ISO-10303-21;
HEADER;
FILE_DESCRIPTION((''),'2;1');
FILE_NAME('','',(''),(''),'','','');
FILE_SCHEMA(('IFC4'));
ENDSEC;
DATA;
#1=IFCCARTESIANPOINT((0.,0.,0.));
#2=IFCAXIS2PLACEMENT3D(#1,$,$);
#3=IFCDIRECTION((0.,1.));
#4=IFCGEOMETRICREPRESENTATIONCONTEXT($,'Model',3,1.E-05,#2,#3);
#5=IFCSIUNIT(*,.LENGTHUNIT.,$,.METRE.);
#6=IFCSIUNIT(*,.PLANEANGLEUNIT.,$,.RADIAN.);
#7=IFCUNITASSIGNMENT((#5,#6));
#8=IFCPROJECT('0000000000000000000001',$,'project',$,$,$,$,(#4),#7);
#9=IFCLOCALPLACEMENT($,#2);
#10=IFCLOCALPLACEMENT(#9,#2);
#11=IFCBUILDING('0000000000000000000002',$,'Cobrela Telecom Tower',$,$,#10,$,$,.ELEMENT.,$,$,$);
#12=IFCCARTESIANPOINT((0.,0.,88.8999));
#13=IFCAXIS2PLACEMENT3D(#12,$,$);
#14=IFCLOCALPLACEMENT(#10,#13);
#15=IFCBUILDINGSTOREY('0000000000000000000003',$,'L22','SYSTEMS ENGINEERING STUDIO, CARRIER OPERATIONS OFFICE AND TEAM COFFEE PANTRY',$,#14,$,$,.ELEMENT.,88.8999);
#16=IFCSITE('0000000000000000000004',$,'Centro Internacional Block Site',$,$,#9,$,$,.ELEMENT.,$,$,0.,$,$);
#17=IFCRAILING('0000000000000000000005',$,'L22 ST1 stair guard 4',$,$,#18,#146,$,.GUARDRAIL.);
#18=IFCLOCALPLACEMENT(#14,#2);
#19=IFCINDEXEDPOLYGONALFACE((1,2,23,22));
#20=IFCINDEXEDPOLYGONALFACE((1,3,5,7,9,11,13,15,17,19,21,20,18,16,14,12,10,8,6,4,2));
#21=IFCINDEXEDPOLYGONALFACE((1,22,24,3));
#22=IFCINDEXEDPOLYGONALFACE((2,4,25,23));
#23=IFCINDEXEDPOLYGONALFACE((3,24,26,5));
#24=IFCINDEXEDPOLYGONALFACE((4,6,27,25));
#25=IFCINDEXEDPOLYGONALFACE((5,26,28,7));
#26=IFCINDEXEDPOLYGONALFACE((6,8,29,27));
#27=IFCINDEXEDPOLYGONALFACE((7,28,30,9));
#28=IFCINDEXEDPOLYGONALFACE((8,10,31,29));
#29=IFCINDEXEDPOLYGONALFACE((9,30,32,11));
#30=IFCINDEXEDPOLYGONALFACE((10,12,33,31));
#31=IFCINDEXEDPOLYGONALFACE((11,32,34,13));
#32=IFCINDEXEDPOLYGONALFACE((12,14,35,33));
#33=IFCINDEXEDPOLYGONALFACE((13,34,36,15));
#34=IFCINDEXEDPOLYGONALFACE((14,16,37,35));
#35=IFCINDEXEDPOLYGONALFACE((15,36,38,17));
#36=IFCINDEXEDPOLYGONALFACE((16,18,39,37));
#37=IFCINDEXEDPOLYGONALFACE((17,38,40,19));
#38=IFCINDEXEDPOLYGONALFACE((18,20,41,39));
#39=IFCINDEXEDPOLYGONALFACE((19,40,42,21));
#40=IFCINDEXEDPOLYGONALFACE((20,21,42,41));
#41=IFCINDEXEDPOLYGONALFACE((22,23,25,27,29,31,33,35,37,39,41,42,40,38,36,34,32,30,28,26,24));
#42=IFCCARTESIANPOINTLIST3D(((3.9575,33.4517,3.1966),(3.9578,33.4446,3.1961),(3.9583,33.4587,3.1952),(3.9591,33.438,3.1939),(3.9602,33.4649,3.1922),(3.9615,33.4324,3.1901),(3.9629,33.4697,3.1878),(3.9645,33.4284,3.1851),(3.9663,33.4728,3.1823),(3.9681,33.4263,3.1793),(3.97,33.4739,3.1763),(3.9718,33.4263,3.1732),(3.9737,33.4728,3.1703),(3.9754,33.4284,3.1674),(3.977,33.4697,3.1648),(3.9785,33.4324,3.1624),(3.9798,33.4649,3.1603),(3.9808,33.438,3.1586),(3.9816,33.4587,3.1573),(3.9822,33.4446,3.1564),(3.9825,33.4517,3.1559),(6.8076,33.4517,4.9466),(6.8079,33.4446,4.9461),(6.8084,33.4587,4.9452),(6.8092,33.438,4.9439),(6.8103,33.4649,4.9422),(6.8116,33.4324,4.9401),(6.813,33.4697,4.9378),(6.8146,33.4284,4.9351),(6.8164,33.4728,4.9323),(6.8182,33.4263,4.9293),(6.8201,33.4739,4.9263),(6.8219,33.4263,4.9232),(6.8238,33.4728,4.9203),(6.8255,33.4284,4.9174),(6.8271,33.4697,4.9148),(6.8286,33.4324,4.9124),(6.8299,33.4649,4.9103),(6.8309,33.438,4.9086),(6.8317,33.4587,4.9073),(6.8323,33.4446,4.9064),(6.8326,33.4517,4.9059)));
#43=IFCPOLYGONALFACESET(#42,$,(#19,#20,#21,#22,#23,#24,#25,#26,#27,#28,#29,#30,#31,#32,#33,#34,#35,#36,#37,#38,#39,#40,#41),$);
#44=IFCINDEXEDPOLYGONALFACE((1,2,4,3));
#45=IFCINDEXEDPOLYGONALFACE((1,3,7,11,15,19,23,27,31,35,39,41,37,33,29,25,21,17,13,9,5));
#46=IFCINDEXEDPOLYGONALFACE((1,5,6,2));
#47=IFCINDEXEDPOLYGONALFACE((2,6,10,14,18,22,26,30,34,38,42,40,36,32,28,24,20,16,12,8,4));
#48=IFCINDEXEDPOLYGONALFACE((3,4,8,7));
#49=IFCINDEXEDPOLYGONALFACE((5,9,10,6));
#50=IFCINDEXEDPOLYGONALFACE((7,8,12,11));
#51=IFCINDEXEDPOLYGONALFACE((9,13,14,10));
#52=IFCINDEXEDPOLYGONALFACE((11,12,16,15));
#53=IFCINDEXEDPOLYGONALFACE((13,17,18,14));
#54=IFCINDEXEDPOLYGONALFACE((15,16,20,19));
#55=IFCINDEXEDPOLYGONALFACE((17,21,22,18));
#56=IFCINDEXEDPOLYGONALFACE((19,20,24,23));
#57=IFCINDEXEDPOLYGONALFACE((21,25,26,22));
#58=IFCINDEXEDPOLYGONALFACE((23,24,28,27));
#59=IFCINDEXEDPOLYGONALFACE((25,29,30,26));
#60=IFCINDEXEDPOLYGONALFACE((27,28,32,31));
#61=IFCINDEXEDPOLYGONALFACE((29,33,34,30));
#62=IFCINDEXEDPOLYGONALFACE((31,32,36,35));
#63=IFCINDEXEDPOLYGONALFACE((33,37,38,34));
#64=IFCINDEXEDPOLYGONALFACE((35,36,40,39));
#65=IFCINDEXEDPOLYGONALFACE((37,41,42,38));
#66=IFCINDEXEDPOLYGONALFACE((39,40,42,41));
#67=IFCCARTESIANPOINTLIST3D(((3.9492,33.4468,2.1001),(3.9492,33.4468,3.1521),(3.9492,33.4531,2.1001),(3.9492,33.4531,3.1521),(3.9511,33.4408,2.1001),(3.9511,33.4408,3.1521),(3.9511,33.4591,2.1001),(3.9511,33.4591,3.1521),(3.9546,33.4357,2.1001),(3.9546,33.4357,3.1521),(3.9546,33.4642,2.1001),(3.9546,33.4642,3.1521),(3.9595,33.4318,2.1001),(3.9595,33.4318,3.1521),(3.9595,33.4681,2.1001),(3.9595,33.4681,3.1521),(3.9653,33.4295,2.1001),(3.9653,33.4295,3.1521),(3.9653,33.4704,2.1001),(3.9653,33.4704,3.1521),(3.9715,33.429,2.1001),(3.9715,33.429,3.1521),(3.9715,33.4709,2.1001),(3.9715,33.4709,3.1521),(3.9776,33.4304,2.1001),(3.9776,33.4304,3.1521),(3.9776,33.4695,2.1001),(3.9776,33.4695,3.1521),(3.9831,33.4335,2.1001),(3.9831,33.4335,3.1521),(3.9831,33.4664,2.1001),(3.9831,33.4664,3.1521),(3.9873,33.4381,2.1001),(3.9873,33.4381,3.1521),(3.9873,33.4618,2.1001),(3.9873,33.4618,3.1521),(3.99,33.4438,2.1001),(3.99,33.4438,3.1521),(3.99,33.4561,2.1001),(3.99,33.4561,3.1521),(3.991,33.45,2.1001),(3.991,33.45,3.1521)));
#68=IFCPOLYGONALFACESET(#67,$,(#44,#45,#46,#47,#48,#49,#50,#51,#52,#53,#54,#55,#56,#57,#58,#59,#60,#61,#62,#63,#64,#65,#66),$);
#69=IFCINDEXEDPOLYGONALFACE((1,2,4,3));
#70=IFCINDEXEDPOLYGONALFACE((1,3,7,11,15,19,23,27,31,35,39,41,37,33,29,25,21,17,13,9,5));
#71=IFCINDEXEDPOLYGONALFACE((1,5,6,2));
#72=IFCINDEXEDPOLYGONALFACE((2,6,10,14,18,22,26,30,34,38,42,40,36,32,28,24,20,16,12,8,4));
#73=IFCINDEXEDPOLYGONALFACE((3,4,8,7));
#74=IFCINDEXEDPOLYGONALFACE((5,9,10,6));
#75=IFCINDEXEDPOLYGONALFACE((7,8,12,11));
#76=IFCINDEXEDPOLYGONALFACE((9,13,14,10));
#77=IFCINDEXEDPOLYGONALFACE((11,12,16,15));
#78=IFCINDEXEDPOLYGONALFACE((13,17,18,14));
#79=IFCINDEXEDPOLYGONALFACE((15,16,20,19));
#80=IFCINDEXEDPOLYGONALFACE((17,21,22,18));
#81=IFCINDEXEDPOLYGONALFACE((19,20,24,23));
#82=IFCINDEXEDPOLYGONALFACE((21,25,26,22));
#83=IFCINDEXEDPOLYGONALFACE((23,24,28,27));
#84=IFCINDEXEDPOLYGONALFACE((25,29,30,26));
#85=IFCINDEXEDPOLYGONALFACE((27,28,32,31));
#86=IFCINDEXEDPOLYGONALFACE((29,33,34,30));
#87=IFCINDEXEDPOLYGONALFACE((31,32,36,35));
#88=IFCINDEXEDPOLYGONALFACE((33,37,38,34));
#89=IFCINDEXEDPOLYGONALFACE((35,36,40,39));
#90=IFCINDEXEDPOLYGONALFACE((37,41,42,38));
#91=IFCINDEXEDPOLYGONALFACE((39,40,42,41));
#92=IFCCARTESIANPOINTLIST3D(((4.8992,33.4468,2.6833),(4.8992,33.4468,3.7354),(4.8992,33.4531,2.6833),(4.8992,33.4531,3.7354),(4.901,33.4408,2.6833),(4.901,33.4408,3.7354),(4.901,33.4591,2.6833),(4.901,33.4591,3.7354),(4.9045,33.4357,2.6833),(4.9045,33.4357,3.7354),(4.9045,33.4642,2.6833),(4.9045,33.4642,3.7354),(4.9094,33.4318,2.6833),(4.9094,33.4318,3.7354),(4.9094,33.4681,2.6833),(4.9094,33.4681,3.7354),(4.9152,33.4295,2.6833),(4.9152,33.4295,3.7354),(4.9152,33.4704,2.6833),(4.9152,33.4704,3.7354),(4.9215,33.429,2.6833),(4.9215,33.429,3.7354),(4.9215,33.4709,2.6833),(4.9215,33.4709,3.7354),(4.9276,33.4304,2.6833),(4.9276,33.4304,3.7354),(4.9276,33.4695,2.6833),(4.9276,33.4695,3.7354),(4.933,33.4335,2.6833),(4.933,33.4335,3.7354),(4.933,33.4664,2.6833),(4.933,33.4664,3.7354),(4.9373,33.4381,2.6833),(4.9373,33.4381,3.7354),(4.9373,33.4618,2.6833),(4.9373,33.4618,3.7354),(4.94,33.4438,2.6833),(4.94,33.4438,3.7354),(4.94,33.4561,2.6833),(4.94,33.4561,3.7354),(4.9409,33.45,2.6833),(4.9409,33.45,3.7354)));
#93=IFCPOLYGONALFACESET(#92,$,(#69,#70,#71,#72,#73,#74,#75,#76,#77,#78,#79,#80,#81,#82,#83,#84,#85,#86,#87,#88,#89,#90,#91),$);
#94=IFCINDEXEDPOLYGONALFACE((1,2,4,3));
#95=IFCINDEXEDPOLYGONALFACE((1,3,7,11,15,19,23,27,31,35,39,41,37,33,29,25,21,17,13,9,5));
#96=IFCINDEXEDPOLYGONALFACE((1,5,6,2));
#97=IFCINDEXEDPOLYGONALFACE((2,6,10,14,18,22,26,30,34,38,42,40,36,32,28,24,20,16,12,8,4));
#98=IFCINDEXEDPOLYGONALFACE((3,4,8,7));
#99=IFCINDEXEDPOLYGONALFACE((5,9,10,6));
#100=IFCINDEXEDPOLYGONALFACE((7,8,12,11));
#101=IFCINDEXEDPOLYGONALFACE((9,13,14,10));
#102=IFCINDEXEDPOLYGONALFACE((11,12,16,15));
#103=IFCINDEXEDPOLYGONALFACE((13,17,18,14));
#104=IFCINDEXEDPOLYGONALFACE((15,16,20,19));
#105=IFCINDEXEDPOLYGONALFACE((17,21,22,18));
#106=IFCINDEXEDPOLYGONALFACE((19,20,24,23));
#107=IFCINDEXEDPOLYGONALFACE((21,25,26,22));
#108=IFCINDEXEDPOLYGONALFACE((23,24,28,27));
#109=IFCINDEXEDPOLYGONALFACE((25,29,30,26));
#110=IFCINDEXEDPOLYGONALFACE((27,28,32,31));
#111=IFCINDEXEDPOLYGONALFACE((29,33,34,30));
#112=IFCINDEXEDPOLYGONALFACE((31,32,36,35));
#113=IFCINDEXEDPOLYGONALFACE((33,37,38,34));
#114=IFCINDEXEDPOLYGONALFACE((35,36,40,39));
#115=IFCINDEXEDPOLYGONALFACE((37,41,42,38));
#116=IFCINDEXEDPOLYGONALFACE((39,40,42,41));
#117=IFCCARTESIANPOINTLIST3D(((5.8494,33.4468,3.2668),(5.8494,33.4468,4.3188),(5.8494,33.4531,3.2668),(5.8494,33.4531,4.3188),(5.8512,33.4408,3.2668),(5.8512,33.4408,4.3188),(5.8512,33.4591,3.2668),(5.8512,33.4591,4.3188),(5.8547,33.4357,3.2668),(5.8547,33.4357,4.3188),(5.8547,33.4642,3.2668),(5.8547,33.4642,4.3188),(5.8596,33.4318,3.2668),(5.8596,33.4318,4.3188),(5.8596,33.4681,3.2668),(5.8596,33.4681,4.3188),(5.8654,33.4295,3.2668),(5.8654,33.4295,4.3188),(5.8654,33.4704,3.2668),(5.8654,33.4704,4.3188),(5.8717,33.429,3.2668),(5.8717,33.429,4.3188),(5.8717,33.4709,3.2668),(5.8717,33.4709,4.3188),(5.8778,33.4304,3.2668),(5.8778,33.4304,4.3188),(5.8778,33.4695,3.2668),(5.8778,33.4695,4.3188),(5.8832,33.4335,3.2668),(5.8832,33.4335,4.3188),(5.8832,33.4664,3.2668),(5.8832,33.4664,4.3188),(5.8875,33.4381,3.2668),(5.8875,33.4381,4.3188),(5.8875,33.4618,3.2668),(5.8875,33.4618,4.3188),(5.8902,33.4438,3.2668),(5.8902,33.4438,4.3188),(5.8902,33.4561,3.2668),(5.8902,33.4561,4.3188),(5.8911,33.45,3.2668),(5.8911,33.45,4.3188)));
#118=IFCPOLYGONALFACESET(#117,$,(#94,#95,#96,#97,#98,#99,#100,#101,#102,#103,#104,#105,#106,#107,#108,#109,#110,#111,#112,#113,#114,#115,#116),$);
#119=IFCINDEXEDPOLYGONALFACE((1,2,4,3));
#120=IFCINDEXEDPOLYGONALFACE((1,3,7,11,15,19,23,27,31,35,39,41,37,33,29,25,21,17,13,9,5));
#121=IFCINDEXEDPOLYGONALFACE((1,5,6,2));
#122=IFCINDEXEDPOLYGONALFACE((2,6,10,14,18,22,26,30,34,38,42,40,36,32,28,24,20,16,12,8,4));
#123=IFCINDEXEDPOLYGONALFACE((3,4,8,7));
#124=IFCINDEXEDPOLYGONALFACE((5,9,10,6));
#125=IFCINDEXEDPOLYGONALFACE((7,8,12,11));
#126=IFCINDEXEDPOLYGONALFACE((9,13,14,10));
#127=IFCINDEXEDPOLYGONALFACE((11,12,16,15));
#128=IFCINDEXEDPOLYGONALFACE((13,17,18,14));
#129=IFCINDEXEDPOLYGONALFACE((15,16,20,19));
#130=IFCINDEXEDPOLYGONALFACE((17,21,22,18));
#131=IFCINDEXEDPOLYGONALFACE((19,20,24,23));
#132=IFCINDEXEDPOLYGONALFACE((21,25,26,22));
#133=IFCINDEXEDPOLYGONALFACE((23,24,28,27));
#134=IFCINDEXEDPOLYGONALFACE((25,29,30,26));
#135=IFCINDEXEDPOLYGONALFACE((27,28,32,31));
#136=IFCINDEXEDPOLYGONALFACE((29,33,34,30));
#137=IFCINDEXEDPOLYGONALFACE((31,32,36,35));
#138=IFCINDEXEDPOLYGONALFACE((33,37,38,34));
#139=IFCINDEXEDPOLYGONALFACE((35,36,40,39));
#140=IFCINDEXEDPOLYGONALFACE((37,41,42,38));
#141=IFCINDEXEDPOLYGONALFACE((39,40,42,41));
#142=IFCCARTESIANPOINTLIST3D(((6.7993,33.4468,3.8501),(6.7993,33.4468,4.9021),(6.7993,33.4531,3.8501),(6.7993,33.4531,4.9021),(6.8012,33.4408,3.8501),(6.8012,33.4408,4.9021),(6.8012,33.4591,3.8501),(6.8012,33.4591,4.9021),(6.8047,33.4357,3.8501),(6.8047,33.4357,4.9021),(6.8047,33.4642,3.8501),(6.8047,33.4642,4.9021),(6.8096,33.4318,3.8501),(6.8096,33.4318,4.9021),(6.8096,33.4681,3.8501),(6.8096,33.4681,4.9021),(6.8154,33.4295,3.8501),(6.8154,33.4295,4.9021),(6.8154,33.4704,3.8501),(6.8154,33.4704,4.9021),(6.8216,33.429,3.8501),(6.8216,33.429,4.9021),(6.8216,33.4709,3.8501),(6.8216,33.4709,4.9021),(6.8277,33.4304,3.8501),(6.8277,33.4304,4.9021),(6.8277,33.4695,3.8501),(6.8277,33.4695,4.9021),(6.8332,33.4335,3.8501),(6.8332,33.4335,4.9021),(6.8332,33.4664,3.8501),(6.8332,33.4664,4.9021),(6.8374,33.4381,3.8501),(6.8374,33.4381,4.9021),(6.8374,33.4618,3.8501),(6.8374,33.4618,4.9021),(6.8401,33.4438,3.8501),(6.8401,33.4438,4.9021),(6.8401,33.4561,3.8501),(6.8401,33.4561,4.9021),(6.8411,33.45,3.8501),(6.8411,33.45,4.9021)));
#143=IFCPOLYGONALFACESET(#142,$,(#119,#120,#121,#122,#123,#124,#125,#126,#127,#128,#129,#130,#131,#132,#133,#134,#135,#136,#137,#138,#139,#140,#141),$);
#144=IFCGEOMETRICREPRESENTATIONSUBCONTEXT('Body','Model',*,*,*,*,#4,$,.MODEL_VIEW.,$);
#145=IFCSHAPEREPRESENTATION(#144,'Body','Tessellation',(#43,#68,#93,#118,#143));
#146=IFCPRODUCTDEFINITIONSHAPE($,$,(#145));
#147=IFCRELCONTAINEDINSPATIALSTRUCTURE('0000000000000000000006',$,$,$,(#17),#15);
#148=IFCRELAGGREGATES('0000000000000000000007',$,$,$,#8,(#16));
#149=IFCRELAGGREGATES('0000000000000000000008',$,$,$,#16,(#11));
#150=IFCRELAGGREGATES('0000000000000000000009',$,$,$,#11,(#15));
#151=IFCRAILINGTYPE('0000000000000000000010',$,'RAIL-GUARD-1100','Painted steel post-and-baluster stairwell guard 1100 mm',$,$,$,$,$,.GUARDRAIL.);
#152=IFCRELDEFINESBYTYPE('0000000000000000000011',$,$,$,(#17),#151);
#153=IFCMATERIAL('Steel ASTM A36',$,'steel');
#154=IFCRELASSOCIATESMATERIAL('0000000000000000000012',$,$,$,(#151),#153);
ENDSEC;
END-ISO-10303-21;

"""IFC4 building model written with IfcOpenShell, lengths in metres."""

from ifc_helpers import new_model, si_unit, direction, frame, origin, origin_2d, place, context, subcontext, project, spatial, circle, extrude, material, type_object, element, save


model = new_model("IFC4")

# Units and contexts
model_context = context("Model", 3, precision=1e-05, world=origin(), true_north=direction((0.0, 1.0)))
body_context = subcontext(model_context, "Body", "Model", "MODEL_VIEW")
ifc_project = project(units=[si_unit("LENGTHUNIT", "METRE"), si_unit("PLANEANGLEUNIT", "RADIAN")], contexts=[model_context])

# Site, building, storey
site_placement = place(None, origin())
site = spatial("IfcSite", under=ifc_project, at=site_placement, Name="Centro Internacional Block Site", CompositionType="ELEMENT", RefElevation=0.0)
building_placement = place(site_placement, origin())
building = spatial("IfcBuilding", under=site, at=building_placement, Name="Cobrela Telecom Tower", CompositionType="ELEMENT")
storey_placement = place(building_placement, frame((0.0, 0.0, 88.8999)))
storey = spatial("IfcBuildingStorey", under=building, at=storey_placement, Name="L22", Description="SYSTEMS ENGINEERING STUDIO, CARRIER OPERATIONS OFFICE AND TEAM COFFEE PANTRY", CompositionType="ELEMENT", Elevation=88.8999)

# Shared definitions
ifc_material_1 = material(Name="Steel ASTM A36", Category="steel")

# Railing
railing_type_1 = type_object("IfcRailingType", Name="RAIL-GUARD-1100", Description="Painted steel post-and-baluster stairwell guard 1100 mm", PredefinedType="GUARDRAIL", material=ifc_material_1)
railing_1_placement = place(storey_placement, frame((3.97, 33.45, 2.1001)))
element("IfcRailing", 1, at=railing_1_placement, inside=storey, type_object=railing_type_1, Name="L22 ST1 stair guard 4", PredefinedType="GUARDRAIL", context=body_context, shape_type="SweptSolid", body=[
    extrude(circle(Radius=0.0239, at=origin_2d()), frame((0.0, 0.0, 1.0762), z_axis=(0.852179, 0.0, 0.52325), x_axis=(0.0, 1.0, 0.0)), (0.0, 0.0, 1.0), 3.3445),
    extrude(circle(Radius=0.021, at=origin_2d()), origin(), (0.0, 0.0, 1.0), 1.052),
    extrude(circle(Radius=0.021, at=origin_2d()), frame((0.95, 0.0, 0.5833)), (0.0, 0.0, 1.0), 1.052),
    extrude(circle(Radius=0.021, at=origin_2d()), frame((1.9001, 0.0, 1.1667)), (0.0, 0.0, 1.0), 1.052),
    extrude(circle(Radius=0.021, at=origin_2d()), frame((2.8501, 0.0, 1.75)), (0.0, 0.0, 1.0), 1.052),
])

save(model, "model.ifc")
